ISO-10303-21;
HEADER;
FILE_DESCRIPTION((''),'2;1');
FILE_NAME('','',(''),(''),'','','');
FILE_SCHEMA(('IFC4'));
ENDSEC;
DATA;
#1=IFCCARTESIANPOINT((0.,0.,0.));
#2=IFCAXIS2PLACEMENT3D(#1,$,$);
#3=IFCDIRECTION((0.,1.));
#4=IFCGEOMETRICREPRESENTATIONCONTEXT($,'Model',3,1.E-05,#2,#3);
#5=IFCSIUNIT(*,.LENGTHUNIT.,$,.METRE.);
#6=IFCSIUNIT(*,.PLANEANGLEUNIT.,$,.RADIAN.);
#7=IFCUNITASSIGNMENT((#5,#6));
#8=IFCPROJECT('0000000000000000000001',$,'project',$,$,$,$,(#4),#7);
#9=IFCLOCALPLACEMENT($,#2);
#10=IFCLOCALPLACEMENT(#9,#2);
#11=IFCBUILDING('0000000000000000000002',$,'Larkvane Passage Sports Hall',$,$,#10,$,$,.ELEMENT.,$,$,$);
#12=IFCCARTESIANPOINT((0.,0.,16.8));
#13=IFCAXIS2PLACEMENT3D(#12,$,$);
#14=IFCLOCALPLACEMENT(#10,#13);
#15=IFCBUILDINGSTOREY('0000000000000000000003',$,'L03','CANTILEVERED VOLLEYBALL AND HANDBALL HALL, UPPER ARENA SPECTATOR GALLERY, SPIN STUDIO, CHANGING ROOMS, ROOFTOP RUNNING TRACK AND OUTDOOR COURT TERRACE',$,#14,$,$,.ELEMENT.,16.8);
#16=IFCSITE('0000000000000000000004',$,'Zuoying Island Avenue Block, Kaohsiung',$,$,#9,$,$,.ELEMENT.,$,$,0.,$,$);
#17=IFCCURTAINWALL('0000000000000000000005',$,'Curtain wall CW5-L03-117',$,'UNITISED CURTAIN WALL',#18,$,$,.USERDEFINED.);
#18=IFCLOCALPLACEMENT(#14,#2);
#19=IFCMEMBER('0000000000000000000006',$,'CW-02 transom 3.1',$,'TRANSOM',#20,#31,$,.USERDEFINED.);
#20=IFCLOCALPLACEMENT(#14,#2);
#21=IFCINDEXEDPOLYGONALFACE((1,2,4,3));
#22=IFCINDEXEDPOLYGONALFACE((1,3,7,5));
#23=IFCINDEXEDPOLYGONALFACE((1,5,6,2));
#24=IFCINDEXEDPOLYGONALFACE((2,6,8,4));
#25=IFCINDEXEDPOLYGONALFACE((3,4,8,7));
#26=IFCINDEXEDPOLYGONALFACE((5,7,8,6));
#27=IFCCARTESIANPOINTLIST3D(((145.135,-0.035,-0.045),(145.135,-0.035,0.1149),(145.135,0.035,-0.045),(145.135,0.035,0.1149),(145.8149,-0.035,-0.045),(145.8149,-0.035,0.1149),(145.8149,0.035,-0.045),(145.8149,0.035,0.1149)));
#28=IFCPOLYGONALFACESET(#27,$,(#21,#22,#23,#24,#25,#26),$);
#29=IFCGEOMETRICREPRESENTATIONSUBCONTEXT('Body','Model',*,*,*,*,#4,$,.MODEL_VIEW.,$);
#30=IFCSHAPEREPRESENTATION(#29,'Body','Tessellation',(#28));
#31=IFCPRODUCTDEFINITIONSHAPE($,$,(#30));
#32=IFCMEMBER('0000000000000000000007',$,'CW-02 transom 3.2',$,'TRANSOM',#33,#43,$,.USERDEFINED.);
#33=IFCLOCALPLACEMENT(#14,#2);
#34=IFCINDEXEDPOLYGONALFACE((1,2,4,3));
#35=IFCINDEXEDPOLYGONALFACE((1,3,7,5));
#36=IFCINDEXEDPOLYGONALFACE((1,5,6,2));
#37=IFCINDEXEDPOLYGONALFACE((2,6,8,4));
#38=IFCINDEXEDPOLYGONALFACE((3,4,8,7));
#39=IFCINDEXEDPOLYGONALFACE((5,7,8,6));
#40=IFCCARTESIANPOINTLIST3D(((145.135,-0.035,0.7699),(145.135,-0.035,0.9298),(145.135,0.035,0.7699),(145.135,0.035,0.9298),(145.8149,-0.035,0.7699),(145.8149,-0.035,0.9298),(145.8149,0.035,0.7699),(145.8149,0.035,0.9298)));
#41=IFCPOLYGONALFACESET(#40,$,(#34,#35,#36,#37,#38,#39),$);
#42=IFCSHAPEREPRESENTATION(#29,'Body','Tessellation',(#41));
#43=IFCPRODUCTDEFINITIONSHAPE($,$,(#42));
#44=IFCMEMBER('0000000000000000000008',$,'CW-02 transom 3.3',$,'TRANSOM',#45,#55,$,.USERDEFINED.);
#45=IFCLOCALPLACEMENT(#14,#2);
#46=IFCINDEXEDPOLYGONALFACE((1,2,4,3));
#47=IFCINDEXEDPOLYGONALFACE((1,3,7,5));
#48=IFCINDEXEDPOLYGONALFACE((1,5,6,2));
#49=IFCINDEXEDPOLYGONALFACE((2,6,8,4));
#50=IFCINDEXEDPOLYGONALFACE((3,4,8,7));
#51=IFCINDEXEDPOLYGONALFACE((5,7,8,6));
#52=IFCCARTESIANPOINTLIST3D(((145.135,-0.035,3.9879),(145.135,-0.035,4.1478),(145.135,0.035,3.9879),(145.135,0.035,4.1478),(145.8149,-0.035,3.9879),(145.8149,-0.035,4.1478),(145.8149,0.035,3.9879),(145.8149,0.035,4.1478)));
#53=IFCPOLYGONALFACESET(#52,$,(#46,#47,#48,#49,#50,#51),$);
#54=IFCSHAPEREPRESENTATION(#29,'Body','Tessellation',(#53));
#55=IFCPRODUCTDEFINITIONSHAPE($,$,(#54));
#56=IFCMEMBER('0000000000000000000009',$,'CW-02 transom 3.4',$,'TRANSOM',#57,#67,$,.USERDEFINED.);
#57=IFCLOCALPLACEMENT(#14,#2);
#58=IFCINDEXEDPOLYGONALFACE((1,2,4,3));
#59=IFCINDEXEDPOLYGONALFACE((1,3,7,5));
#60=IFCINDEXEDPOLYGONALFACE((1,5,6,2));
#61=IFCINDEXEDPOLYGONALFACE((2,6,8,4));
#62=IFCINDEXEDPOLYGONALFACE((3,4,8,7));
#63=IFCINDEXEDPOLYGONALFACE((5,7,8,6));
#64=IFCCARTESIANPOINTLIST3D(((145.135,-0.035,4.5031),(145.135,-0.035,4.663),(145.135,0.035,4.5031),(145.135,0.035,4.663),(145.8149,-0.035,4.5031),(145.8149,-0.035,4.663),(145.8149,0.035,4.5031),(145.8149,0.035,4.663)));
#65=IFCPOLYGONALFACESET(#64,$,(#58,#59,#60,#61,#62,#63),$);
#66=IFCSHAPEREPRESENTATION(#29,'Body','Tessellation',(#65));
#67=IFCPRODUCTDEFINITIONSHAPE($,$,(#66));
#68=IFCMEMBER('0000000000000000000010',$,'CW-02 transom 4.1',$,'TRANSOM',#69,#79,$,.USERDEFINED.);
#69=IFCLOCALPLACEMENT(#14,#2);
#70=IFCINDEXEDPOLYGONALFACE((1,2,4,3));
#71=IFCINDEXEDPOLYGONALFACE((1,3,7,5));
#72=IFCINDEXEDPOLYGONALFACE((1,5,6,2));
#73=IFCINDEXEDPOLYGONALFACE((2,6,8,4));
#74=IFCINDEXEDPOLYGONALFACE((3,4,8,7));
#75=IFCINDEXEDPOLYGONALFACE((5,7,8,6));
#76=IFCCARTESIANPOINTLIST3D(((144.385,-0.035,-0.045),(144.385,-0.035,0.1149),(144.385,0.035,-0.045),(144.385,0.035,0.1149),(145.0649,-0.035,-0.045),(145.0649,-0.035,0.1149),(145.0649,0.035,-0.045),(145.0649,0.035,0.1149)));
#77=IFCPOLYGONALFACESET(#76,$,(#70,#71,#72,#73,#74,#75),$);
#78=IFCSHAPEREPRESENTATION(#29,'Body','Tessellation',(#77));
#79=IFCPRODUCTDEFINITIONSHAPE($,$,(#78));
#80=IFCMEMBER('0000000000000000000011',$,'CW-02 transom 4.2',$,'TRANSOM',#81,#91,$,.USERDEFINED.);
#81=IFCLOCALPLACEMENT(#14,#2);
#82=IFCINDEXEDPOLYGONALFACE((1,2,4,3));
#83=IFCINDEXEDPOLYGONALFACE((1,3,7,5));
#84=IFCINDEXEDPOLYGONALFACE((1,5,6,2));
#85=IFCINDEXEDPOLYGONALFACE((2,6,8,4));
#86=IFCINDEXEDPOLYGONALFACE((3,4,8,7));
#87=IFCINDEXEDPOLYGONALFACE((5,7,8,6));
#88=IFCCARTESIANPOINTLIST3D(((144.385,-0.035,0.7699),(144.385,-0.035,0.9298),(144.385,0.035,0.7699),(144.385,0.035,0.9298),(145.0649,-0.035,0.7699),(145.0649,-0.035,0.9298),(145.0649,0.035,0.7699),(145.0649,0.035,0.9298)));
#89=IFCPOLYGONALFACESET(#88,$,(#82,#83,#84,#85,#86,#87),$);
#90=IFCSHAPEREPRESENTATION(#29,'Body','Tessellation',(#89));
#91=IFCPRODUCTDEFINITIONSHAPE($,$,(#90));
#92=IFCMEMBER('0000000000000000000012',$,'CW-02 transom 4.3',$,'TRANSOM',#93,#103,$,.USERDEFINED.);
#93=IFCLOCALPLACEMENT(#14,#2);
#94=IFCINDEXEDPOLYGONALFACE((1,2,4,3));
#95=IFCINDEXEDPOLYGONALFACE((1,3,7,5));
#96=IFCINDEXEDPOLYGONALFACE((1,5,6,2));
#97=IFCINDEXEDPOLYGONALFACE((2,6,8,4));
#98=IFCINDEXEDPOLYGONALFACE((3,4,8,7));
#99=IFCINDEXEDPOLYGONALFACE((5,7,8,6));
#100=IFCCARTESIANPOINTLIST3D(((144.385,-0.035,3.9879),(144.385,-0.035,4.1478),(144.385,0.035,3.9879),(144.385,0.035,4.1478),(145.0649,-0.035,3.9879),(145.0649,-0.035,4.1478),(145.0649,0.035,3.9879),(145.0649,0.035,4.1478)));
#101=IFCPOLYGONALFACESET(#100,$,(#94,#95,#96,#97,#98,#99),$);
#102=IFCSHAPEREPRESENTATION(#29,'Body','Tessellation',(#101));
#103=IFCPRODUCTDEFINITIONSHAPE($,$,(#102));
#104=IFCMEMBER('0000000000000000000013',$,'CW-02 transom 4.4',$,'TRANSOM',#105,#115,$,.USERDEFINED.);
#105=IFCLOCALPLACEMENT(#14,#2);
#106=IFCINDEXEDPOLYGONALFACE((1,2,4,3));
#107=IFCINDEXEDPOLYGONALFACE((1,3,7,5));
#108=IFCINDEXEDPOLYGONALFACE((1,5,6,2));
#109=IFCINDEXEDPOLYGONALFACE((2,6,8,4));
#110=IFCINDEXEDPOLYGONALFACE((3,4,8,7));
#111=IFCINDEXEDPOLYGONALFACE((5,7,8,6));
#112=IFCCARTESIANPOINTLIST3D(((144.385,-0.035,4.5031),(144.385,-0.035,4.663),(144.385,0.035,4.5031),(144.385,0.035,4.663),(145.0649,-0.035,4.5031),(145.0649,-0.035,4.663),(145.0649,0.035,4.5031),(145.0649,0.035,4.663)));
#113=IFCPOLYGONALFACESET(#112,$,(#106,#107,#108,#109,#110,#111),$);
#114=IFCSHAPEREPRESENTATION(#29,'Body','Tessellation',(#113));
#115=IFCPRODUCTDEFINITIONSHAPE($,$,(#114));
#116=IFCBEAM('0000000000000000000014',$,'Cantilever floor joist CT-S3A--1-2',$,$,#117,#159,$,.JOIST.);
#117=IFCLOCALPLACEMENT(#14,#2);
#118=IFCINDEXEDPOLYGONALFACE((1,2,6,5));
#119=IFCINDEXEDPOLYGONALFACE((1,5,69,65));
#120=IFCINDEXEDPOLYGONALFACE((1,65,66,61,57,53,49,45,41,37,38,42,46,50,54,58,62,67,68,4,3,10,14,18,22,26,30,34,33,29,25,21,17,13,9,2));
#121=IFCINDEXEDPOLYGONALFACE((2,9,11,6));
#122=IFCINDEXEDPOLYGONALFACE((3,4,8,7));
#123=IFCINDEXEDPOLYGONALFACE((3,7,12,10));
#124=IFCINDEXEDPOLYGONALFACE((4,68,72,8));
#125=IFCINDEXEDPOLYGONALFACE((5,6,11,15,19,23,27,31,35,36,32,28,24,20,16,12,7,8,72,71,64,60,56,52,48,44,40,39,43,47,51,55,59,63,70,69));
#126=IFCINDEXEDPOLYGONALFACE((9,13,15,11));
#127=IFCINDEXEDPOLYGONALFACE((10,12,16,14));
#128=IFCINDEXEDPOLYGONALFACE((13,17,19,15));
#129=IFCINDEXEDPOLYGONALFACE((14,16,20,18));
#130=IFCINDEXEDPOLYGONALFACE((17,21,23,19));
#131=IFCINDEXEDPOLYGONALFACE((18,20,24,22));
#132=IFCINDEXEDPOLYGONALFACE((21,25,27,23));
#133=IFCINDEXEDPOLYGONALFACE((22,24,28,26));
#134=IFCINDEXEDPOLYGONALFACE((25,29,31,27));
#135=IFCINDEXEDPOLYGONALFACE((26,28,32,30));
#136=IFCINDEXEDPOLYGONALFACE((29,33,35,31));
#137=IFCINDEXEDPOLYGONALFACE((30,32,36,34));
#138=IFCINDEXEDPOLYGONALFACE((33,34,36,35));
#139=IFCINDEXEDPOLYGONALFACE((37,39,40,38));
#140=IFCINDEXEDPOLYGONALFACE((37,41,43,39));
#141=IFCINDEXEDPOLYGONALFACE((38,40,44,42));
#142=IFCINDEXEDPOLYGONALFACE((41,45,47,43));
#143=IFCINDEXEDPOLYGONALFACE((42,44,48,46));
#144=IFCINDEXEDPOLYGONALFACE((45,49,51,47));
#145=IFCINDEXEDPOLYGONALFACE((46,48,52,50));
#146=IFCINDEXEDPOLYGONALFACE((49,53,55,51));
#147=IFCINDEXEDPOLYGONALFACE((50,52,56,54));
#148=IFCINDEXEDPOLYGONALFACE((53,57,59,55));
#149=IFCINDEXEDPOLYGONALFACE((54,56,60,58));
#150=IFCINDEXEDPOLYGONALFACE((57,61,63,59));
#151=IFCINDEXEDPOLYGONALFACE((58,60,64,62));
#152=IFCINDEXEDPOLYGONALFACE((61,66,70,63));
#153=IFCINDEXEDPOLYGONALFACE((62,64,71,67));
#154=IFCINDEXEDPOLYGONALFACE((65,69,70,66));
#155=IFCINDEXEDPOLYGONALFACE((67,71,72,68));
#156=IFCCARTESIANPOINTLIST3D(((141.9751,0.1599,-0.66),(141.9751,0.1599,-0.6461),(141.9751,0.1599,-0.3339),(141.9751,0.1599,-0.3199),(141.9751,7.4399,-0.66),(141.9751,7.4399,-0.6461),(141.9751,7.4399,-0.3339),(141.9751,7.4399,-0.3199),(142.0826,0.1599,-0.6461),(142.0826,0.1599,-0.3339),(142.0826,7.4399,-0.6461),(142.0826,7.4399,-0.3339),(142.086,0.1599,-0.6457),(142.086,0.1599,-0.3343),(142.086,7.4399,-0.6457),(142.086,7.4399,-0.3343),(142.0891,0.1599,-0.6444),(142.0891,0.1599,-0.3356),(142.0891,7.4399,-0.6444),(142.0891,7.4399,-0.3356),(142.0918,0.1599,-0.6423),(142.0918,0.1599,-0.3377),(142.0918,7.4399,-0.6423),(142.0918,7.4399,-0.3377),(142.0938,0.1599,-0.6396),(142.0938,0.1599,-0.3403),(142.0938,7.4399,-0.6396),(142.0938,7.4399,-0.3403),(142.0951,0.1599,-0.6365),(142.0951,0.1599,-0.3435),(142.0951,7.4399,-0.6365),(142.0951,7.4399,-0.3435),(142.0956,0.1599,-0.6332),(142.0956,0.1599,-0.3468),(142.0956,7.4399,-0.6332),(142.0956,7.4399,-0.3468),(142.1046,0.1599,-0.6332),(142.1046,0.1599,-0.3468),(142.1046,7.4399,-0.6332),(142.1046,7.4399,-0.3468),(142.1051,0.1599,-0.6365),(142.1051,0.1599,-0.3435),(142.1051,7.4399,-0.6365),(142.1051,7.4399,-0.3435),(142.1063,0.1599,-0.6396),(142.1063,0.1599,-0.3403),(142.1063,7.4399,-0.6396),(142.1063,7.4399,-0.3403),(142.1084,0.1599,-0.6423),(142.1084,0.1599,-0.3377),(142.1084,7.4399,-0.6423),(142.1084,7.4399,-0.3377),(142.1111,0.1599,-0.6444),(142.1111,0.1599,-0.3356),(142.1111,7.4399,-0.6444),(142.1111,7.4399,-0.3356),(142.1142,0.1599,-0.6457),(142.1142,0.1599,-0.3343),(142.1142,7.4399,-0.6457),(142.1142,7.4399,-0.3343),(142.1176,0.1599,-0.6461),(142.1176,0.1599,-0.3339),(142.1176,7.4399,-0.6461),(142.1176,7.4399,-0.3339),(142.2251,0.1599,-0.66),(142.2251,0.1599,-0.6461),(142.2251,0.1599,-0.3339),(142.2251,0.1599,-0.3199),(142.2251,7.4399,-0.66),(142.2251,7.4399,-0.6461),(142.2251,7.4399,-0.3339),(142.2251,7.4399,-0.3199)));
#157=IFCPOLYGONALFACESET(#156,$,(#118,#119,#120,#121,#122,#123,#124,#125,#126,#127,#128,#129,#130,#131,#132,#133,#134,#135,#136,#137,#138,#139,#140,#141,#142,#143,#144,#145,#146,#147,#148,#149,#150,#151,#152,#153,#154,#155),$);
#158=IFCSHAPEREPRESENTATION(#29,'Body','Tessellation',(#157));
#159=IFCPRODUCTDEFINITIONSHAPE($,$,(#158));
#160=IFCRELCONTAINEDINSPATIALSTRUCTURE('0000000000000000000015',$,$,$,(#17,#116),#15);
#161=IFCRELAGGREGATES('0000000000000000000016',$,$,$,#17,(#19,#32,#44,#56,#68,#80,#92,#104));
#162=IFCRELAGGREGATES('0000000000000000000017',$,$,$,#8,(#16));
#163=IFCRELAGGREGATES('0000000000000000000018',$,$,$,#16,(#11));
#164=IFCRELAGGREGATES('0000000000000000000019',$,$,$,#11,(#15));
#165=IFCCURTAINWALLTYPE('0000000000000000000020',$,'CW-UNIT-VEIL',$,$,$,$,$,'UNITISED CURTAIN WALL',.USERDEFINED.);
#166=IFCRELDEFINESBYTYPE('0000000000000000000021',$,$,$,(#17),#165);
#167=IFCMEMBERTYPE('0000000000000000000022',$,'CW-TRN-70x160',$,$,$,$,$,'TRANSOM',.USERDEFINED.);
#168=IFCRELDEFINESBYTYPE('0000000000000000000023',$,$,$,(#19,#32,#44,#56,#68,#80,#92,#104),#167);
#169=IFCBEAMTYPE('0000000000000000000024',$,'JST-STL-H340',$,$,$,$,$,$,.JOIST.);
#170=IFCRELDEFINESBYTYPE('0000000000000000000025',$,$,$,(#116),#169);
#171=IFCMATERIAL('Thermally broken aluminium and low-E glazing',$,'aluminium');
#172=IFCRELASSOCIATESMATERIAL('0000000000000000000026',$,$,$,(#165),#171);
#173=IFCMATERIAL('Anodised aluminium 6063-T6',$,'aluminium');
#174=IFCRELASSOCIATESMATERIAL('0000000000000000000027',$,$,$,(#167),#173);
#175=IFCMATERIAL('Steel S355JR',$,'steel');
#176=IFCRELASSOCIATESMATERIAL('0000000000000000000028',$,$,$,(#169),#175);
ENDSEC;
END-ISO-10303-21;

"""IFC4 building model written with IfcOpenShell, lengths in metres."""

from ifc_helpers import new_model, si_unit, direction, frame, origin, origin_2d, place, context, subcontext, project, spatial, rectangle, i_section, extrude, material, material_profile, profile_set, type_object, element, aggregate, save


model = new_model("IFC4")

# Units and contexts
model_context = context("Model", 3, precision=1e-05, world=origin(), true_north=direction((0.0, 1.0)))
body_context = subcontext(model_context, "Body", "Model", "MODEL_VIEW")
ifc_project = project(units=[si_unit("LENGTHUNIT", "METRE"), si_unit("PLANEANGLEUNIT", "RADIAN")], contexts=[model_context])

# Site, building, storey
site_placement = place(None, origin())
site = spatial("IfcSite", under=ifc_project, at=site_placement, Name="Zuoying Island Avenue Block, Kaohsiung", CompositionType="ELEMENT", RefElevation=0.0)
building_placement = place(site_placement, origin())
building = spatial("IfcBuilding", under=site, at=building_placement, Name="Larkvane Passage Sports Hall", CompositionType="ELEMENT")
storey_placement = place(building_placement, frame((0.0, 0.0, 16.8)))
storey = spatial("IfcBuildingStorey", under=building, at=storey_placement, Name="L03", Description="CANTILEVERED VOLLEYBALL AND HANDBALL HALL, UPPER ARENA SPECTATOR GALLERY, SPIN STUDIO, CHANGING ROOMS, ROOFTOP RUNNING TRACK AND OUTDOOR COURT TERRACE", CompositionType="ELEMENT", Elevation=16.8)

# Curtain wall, members
ifc_material_1 = material(Name="Thermally broken aluminium and low-E glazing", Category="aluminium")
curtain_wall_type = type_object("IfcCurtainWallType", Name="CW-UNIT-VEIL", ElementType="UNITISED CURTAIN WALL", PredefinedType="USERDEFINED", material=ifc_material_1)
curtain_wall_placement = place(storey_placement, origin())
curtain_wall = element("IfcCurtainWall", 1, at=curtain_wall_placement, inside=storey, type_object=curtain_wall_type, Name="Curtain wall CW5-L03-117", ObjectType="UNITISED CURTAIN WALL", PredefinedType="USERDEFINED")
ifc_material_2 = material(Name="Anodised aluminium 6063-T6", Category="aluminium")
ifc_material_profile_1 = material_profile(ifc_material_2, rectangle(XDim=0.0701, YDim=0.1599, at=origin_2d()), Name="ALU-TRN-70x160")
ifc_profile_set_1 = profile_set([ifc_material_profile_1], Name="Anodised aluminium 6063-T6")
member_type_1 = type_object("IfcMemberType", Name="CW-TRN-70x160", ElementType="TRANSOM", PredefinedType="USERDEFINED", material=ifc_profile_set_1)
member_1_placement = place(storey_placement, frame((145.8149, 0.0, 0.0349), z_axis=(-1.0, 0.0, 0.0), x_axis=(0.0, -1.0, 0.0)))
member_1 = element("IfcMember", 2, at=member_1_placement, type_object=member_type_1, Name="CW-02 transom 3.1", ObjectType="TRANSOM", PredefinedType="USERDEFINED", context=body_context, shape_type="SweptSolid", body=[
    extrude(rectangle(XDim=0.0701, YDim=0.1599, at=origin_2d()), origin(), (0.0, 0.0, 1.0), 0.6799),
])
member_2_placement = place(storey_placement, frame((145.8149, 0.0, 0.8499), z_axis=(-1.0, 0.0, 0.0), x_axis=(0.0, -1.0, 0.0)))
member_2 = element("IfcMember", 3, at=member_2_placement, type_object=member_type_1, Name="CW-02 transom 3.2", ObjectType="TRANSOM", PredefinedType="USERDEFINED", context=body_context, shape_type="SweptSolid", body=[
    extrude(rectangle(XDim=0.0701, YDim=0.1599, at=origin_2d()), origin(), (0.0, 0.0, 1.0), 0.6799),
])
member_3_placement = place(storey_placement, frame((145.8149, 0.0, 4.0679), z_axis=(-1.0, 0.0, 0.0), x_axis=(0.0, -1.0, 0.0)))
member_3 = element("IfcMember", 4, at=member_3_placement, type_object=member_type_1, Name="CW-02 transom 3.3", ObjectType="TRANSOM", PredefinedType="USERDEFINED", context=body_context, shape_type="SweptSolid", body=[
    extrude(rectangle(XDim=0.0701, YDim=0.1599, at=origin_2d()), origin(), (0.0, 0.0, 1.0), 0.6799),
])
member_4_placement = place(storey_placement, frame((145.8149, 0.0, 4.583), z_axis=(-1.0, 0.0, 0.0), x_axis=(0.0, -1.0, 0.0)))
member_4 = element("IfcMember", 5, at=member_4_placement, type_object=member_type_1, Name="CW-02 transom 3.4", ObjectType="TRANSOM", PredefinedType="USERDEFINED", context=body_context, shape_type="SweptSolid", body=[
    extrude(rectangle(XDim=0.0701, YDim=0.1599, at=origin_2d()), origin(), (0.0, 0.0, 1.0), 0.6799),
])
member_5_placement = place(storey_placement, frame((145.0649, 0.0, 0.0349), z_axis=(-1.0, 0.0, 0.0), x_axis=(0.0, -1.0, 0.0)))
member_5 = element("IfcMember", 6, at=member_5_placement, type_object=member_type_1, Name="CW-02 transom 4.1", ObjectType="TRANSOM", PredefinedType="USERDEFINED", context=body_context, shape_type="SweptSolid", body=[
    extrude(rectangle(XDim=0.0701, YDim=0.1599, at=origin_2d()), origin(), (0.0, 0.0, 1.0), 0.6799),
])
member_6_placement = place(storey_placement, frame((145.0649, 0.0, 0.8499), z_axis=(-1.0, 0.0, 0.0), x_axis=(0.0, -1.0, 0.0)))
member_6 = element("IfcMember", 7, at=member_6_placement, type_object=member_type_1, Name="CW-02 transom 4.2", ObjectType="TRANSOM", PredefinedType="USERDEFINED", context=body_context, shape_type="SweptSolid", body=[
    extrude(rectangle(XDim=0.0701, YDim=0.1599, at=origin_2d()), origin(), (0.0, 0.0, 1.0), 0.6799),
])
member_7_placement = place(storey_placement, frame((145.0649, 0.0, 4.0679), z_axis=(-1.0, 0.0, 0.0), x_axis=(0.0, -1.0, 0.0)))
member_7 = element("IfcMember", 8, at=member_7_placement, type_object=member_type_1, Name="CW-02 transom 4.3", ObjectType="TRANSOM", PredefinedType="USERDEFINED", context=body_context, shape_type="SweptSolid", body=[
    extrude(rectangle(XDim=0.0701, YDim=0.1599, at=origin_2d()), origin(), (0.0, 0.0, 1.0), 0.6799),
])
member_8_placement = place(storey_placement, frame((145.0649, 0.0, 4.583), z_axis=(-1.0, 0.0, 0.0), x_axis=(0.0, -1.0, 0.0)))
member_8 = element("IfcMember", 9, at=member_8_placement, type_object=member_type_1, Name="CW-02 transom 4.4", ObjectType="TRANSOM", PredefinedType="USERDEFINED", context=body_context, shape_type="SweptSolid", body=[
    extrude(rectangle(XDim=0.0701, YDim=0.1599, at=origin_2d()), origin(), (0.0, 0.0, 1.0), 0.6799),
])

# Beam
ifc_material_3 = material(Name="Steel S355JR", Category="steel")
ifc_material_profile_2 = material_profile(ifc_material_3, i_section(OverallWidth=0.25, OverallDepth=0.3401, WebThickness=0.009, FlangeThickness=0.0139, FilletRadius=0.0129, at=origin_2d()), Name="H-340x250x9x14")
ifc_profile_set_2 = profile_set([ifc_material_profile_2], Name="Steel S355JR")
beam_type_1 = type_object("IfcBeamType", Name="JST-STL-H340", PredefinedType="JOIST", material=ifc_profile_set_2)
beam_1_placement = place(storey_placement, frame((142.1001, 0.1599, -0.49), z_axis=(0.0, 1.0, 0.0), x_axis=(-1.0, 0.0, 0.0)))
element("IfcBeam", 10, at=beam_1_placement, inside=storey, type_object=beam_type_1, Name="Cantilever floor joist CT-S3A--1-2", PredefinedType="JOIST", context=body_context, shape_type="SweptSolid", body=[
    extrude(i_section(OverallWidth=0.25, OverallDepth=0.3401, WebThickness=0.009, FlangeThickness=0.0139, FilletRadius=0.0129, at=origin_2d()), origin(), (0.0, 0.0, 1.0), 7.28),
])

aggregate(curtain_wall, [member_1, member_2, member_3, member_4, member_5, member_6, member_7, member_8])

save(model, "model.ifc")
